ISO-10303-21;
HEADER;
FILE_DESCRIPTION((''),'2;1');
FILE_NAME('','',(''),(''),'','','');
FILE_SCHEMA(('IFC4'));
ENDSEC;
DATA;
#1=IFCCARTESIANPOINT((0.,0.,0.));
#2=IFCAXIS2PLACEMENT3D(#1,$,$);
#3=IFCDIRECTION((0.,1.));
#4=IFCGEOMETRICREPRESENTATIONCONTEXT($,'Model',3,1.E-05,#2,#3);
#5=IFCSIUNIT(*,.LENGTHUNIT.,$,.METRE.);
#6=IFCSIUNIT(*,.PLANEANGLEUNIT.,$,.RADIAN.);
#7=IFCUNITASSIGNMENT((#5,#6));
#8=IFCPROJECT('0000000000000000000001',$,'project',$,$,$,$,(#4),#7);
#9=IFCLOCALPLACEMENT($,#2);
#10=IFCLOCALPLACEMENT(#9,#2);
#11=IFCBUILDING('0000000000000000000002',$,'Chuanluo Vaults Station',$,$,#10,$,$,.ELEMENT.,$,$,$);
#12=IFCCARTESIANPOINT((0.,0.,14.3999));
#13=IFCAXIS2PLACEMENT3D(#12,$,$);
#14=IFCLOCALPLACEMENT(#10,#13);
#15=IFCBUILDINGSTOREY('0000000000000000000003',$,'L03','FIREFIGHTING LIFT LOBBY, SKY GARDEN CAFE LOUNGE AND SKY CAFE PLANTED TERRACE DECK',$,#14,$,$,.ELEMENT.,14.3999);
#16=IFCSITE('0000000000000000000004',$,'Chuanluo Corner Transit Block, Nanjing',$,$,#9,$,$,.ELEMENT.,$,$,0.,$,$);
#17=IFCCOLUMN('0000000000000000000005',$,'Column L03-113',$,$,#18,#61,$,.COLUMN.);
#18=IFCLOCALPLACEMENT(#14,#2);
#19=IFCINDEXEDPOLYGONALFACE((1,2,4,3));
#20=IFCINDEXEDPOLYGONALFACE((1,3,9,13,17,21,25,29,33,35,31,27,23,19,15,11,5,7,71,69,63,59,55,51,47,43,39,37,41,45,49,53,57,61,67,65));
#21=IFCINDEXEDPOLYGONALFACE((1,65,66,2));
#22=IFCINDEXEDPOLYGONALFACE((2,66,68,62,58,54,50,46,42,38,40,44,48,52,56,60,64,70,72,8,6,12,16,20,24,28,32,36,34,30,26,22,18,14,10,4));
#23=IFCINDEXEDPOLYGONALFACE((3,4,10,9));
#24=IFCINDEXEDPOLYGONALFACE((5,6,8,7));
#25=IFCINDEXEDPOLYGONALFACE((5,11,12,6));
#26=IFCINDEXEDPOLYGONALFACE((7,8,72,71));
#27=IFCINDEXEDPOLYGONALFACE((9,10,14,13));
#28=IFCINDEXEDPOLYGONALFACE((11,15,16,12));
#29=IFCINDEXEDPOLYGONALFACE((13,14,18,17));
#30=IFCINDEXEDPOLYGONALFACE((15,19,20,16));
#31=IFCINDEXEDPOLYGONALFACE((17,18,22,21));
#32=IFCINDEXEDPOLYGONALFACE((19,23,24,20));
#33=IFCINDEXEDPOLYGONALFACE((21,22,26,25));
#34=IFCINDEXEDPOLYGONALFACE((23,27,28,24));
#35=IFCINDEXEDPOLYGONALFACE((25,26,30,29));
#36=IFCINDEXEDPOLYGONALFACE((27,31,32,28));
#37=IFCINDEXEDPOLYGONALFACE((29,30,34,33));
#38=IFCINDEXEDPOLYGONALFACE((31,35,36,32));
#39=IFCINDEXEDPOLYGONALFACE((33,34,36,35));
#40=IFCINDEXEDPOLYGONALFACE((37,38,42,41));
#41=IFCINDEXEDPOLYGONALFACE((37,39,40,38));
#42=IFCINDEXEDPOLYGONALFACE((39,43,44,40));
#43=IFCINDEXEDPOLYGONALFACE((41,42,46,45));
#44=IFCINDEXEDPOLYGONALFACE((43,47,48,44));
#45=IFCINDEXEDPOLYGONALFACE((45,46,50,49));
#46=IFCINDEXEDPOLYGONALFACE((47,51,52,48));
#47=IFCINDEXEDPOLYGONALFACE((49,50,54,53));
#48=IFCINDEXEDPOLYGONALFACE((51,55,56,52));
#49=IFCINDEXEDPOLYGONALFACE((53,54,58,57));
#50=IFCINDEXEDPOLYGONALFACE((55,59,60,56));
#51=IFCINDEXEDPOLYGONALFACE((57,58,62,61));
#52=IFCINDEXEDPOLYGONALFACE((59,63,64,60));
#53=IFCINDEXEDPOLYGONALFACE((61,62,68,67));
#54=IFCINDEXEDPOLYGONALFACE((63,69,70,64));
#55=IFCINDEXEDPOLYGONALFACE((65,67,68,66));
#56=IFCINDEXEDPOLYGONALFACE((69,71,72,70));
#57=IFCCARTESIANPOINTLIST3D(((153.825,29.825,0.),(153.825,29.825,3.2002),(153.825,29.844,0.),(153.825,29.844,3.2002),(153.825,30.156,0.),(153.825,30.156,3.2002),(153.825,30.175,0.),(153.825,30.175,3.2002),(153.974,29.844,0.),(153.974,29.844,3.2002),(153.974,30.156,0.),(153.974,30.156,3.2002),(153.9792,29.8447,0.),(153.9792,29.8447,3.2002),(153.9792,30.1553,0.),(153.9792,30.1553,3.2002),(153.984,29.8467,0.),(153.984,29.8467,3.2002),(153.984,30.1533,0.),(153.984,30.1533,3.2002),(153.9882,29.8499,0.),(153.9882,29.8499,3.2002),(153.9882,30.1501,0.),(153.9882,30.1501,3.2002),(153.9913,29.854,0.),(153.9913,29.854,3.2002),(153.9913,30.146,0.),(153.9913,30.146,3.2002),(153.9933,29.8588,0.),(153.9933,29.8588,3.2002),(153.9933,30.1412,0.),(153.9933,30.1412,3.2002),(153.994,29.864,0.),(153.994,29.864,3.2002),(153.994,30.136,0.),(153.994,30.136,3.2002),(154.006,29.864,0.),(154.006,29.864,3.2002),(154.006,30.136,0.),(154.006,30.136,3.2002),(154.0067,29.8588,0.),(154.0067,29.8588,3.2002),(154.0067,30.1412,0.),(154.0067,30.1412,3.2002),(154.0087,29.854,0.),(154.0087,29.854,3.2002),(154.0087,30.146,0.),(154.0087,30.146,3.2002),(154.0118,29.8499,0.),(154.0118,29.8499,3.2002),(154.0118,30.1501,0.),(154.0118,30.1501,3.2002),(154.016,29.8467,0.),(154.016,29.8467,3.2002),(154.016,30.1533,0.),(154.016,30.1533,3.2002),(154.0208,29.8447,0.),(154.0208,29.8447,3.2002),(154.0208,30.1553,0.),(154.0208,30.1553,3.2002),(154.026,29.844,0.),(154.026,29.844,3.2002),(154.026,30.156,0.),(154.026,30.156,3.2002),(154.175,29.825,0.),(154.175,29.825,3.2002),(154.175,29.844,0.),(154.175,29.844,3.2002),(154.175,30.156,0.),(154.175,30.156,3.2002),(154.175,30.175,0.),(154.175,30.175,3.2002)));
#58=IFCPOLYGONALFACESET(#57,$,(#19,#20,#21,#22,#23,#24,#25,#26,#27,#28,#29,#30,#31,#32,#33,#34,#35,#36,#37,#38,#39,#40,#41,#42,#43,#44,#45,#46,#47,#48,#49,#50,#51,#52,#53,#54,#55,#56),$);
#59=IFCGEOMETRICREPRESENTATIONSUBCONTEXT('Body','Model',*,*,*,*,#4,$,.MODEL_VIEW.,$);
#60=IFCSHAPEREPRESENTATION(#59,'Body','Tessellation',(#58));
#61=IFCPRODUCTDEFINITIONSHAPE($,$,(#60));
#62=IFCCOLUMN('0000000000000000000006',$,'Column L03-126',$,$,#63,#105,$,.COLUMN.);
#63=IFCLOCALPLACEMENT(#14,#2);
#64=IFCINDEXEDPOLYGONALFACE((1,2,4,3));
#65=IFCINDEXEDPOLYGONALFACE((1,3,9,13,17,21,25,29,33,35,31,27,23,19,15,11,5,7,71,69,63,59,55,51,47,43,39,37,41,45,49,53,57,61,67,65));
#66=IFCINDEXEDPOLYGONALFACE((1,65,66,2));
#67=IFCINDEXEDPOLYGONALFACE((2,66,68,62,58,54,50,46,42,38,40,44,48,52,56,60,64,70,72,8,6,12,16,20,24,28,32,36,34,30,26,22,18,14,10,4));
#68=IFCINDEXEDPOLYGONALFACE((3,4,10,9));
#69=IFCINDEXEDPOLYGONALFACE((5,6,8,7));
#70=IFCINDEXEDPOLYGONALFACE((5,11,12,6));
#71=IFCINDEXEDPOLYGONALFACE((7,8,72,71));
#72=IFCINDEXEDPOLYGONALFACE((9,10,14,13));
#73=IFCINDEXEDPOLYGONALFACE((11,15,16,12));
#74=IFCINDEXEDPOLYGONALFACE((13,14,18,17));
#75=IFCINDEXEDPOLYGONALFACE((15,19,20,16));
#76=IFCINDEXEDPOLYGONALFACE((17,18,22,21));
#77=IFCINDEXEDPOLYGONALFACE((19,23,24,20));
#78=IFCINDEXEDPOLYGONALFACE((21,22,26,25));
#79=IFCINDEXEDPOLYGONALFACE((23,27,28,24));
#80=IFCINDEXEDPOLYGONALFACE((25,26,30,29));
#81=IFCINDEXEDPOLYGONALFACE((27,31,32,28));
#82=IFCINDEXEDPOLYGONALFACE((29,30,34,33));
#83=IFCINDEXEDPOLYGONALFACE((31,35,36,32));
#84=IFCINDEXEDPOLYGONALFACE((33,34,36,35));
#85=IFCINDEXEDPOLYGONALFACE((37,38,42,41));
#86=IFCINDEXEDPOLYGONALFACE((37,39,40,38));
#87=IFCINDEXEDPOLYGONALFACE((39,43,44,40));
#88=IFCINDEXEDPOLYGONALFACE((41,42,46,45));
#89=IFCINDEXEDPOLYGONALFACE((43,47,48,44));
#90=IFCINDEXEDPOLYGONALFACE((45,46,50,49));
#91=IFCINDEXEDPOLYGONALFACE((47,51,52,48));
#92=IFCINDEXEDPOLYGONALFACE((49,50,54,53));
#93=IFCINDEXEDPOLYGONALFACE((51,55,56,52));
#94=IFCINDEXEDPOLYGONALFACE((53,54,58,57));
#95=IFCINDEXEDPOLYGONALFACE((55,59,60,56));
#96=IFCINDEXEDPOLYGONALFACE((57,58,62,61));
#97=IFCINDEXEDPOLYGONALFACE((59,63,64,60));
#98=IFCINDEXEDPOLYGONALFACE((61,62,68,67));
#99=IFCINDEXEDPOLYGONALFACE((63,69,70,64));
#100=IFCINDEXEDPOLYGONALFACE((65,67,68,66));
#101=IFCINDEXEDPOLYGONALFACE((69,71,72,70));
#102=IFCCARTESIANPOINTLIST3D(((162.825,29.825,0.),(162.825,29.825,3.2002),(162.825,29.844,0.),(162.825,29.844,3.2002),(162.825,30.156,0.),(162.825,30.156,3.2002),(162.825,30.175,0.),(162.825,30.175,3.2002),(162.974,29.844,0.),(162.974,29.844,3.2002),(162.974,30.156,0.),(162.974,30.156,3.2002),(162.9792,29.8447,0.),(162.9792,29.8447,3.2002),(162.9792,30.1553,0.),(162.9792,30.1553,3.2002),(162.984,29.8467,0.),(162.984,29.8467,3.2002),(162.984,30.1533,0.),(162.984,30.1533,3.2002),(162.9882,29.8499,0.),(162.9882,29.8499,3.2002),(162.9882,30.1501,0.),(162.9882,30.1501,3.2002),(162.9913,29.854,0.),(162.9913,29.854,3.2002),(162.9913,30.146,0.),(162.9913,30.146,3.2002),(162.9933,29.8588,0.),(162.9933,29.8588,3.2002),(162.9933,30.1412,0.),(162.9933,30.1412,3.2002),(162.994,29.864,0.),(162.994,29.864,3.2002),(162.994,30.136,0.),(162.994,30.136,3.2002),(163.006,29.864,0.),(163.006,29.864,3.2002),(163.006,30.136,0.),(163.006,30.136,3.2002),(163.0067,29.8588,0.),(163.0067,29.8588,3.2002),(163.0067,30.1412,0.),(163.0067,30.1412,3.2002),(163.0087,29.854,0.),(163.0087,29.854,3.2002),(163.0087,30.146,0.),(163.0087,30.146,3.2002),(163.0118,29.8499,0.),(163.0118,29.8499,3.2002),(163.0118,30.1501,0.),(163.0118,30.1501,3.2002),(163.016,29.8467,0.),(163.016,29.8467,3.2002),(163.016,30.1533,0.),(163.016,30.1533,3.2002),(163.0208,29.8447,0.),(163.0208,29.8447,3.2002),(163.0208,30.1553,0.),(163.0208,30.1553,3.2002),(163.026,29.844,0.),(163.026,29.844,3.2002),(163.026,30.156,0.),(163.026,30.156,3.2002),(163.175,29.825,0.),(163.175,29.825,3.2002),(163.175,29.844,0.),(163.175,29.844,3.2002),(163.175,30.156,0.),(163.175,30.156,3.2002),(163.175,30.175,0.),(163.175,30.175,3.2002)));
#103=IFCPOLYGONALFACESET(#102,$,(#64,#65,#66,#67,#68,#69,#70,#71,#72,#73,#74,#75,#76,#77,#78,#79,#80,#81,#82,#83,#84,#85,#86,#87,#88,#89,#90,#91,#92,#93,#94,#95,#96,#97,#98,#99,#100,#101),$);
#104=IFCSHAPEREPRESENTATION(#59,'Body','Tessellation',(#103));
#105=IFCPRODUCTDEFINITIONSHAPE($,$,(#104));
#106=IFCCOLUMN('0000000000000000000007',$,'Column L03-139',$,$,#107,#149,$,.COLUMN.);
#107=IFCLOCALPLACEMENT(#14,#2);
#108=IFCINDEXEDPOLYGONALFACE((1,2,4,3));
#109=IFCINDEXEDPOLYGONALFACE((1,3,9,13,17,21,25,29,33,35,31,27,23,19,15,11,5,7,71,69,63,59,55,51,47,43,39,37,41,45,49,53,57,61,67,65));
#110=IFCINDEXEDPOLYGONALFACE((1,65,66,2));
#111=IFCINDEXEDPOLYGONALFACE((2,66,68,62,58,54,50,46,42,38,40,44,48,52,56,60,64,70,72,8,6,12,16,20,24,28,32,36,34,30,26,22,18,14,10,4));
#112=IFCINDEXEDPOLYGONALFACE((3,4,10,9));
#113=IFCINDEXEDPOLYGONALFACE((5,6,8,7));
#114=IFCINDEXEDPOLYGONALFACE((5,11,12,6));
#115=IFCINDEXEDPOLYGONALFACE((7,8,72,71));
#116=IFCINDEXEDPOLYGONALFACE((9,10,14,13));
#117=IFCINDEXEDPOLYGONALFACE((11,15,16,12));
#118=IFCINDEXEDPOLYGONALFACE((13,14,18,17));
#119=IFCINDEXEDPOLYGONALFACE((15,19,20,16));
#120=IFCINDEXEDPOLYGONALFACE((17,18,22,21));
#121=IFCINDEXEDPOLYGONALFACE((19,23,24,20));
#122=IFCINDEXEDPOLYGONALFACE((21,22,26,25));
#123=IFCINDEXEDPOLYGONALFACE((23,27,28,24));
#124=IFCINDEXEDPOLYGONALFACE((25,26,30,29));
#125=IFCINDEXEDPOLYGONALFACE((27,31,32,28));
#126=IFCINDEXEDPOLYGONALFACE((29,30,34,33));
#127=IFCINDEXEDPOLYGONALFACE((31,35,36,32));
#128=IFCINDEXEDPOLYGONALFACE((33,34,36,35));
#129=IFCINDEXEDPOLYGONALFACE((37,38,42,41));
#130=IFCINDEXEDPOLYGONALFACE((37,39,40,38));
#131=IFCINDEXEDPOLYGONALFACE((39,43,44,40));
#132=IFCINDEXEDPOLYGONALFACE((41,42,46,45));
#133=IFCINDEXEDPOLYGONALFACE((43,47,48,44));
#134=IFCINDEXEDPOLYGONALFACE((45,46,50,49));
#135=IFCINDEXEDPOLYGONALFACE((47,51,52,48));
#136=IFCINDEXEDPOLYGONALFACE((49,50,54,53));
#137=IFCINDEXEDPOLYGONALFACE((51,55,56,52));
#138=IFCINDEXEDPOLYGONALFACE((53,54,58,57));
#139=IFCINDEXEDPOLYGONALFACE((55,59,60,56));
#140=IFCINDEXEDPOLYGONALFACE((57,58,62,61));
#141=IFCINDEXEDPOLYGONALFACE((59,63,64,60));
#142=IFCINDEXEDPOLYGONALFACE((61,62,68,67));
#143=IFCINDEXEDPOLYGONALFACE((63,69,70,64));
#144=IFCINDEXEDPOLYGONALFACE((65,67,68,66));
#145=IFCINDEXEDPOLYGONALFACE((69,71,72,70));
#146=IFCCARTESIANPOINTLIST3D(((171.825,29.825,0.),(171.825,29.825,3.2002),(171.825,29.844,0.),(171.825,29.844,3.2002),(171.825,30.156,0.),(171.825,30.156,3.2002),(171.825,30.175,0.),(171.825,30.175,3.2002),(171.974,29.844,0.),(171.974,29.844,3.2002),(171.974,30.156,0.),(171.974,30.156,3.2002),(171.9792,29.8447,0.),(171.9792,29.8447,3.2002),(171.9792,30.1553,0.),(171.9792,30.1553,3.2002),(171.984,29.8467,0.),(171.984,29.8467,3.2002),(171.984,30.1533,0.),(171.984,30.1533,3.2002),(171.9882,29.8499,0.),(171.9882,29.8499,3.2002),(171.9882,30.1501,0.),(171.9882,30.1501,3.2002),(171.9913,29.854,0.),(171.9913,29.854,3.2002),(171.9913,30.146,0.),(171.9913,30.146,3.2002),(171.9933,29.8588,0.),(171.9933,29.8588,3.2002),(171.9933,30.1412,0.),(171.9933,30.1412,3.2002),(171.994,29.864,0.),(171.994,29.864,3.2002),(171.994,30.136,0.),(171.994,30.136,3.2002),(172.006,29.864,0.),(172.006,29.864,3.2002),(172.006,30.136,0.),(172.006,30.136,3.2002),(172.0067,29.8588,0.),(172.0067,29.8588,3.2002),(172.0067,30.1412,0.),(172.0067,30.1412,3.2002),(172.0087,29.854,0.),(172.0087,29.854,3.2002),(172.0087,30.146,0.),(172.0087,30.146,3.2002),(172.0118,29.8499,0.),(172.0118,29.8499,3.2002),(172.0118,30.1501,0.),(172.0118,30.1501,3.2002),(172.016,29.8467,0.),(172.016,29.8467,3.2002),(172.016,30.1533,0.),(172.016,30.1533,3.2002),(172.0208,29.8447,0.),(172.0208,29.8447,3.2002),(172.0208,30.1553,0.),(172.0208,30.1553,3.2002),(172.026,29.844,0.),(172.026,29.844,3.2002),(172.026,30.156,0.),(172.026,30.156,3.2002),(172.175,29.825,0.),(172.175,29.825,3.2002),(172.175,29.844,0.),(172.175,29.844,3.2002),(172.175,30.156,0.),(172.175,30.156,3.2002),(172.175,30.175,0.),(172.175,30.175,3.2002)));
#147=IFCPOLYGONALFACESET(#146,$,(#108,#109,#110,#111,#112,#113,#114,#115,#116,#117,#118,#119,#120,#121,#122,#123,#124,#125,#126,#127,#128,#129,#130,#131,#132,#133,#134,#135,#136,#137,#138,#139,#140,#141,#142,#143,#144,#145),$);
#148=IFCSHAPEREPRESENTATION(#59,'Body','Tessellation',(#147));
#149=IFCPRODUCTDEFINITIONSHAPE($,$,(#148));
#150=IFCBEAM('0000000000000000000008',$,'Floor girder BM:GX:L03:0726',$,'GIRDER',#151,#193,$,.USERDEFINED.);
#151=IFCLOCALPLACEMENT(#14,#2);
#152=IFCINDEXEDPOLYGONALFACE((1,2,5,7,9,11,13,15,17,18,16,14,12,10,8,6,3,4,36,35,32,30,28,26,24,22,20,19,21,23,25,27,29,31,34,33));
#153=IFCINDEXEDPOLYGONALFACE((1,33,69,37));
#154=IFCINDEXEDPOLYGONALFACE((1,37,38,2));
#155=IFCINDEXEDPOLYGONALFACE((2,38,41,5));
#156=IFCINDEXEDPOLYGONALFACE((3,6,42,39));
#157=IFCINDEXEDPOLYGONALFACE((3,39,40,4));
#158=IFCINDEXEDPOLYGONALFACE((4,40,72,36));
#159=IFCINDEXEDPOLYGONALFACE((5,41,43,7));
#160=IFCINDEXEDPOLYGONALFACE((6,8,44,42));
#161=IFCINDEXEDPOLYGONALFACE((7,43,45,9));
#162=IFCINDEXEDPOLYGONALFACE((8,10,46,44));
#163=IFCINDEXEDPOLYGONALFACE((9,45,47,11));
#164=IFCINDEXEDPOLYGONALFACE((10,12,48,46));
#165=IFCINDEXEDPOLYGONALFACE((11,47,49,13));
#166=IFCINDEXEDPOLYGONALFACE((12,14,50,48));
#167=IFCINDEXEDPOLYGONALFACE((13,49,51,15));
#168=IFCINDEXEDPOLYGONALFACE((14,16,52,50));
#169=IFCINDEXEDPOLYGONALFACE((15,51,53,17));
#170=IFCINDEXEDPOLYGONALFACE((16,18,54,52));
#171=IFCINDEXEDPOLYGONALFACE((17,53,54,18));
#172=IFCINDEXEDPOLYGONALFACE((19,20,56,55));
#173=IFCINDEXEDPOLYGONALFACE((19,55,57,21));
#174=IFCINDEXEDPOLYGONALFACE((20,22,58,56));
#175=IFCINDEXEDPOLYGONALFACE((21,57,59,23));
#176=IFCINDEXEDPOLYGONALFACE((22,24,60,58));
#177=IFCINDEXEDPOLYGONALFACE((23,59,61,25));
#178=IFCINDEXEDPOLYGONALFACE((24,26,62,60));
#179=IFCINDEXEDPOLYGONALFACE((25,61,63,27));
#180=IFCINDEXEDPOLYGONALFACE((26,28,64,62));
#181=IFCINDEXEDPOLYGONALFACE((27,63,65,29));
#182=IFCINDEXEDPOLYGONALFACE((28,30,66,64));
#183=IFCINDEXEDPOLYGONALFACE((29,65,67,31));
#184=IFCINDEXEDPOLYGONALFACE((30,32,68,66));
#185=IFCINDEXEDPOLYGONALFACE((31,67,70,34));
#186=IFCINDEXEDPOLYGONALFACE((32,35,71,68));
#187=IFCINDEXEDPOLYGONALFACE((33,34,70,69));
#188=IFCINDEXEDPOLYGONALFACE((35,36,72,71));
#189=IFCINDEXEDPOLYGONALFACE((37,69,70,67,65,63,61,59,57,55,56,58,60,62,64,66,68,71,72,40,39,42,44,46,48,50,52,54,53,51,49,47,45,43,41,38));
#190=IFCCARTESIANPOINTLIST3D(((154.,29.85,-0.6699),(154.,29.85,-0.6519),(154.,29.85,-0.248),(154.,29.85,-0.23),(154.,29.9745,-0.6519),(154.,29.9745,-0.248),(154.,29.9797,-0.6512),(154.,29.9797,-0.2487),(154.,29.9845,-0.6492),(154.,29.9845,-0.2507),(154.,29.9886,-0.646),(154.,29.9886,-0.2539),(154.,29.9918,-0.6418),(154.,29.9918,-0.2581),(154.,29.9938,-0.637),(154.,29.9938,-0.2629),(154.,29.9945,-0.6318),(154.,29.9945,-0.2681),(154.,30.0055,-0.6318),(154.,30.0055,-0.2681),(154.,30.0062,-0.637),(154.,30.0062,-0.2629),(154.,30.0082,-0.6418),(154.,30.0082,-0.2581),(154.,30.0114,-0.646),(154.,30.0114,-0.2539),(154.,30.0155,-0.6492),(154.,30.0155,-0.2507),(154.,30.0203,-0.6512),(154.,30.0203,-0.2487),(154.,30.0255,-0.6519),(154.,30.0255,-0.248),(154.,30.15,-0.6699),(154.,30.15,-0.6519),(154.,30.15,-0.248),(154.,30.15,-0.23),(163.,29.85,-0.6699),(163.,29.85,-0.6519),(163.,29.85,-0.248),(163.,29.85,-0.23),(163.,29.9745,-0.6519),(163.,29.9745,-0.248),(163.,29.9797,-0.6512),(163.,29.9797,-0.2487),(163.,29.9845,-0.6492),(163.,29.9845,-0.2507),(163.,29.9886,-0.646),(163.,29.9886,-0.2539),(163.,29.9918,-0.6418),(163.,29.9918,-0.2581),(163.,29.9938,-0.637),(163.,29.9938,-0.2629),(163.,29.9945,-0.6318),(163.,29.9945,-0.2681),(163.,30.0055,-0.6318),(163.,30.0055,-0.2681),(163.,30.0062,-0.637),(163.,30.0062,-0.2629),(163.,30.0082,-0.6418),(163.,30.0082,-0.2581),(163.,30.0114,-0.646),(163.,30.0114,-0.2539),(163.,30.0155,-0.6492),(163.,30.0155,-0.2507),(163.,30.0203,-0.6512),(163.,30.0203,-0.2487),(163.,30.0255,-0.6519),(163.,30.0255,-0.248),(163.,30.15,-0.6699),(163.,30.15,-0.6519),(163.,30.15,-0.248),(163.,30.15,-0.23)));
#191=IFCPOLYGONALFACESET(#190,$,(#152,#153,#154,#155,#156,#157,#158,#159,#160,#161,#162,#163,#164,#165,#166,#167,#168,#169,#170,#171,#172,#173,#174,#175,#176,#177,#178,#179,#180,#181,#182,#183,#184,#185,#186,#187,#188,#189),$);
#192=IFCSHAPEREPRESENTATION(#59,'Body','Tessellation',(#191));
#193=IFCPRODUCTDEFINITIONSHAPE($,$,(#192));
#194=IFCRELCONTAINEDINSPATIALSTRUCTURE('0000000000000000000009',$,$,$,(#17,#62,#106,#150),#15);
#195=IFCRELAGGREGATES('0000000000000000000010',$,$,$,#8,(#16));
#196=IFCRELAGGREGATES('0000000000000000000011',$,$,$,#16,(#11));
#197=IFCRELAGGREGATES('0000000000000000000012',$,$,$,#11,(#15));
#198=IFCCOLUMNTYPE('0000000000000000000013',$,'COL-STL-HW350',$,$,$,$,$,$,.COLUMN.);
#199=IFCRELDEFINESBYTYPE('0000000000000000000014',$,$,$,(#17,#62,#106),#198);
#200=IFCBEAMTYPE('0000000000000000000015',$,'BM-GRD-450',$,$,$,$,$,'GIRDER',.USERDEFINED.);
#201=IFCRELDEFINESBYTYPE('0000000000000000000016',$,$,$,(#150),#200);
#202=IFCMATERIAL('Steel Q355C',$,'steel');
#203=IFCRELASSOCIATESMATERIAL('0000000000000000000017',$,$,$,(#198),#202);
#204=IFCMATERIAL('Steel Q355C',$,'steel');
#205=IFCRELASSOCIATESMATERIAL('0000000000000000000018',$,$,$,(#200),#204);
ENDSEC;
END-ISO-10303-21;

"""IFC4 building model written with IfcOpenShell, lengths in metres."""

from ifc_helpers import new_model, si_unit, direction, frame, origin, origin_2d, place, context, subcontext, project, spatial, i_section, extrude, material, material_profile, profile_set, type_object, element, save


model = new_model("IFC4")

# Units and contexts
model_context = context("Model", 3, precision=1e-05, world=origin(), true_north=direction((0.0, 1.0)))
body_context = subcontext(model_context, "Body", "Model", "MODEL_VIEW")
ifc_project = project(units=[si_unit("LENGTHUNIT", "METRE"), si_unit("PLANEANGLEUNIT", "RADIAN")], contexts=[model_context])

# Site, building, storey
site_placement = place(None, origin())
site = spatial("IfcSite", under=ifc_project, at=site_placement, Name="Chuanluo Corner Transit Block, Nanjing", CompositionType="ELEMENT", RefElevation=0.0)
building_placement = place(site_placement, origin())
building = spatial("IfcBuilding", under=site, at=building_placement, Name="Chuanluo Vaults Station", CompositionType="ELEMENT")
storey_placement = place(building_placement, frame((0.0, 0.0, 14.3999)))
storey = spatial("IfcBuildingStorey", under=building, at=storey_placement, Name="L03", Description="FIREFIGHTING LIFT LOBBY, SKY GARDEN CAFE LOUNGE AND SKY CAFE PLANTED TERRACE DECK", CompositionType="ELEMENT", Elevation=14.3999)

# Columns
ifc_material_1 = material(Name="Steel Q355C", Category="steel")
ifc_material_profile_1 = material_profile(ifc_material_1, i_section(OverallWidth=0.3501, OverallDepth=0.3501, WebThickness=0.012, FlangeThickness=0.019, FilletRadius=0.02, at=origin_2d()))
ifc_profile_set_1 = profile_set([ifc_material_profile_1], Name="Steel Q355C")
column_type = type_object("IfcColumnType", Name="COL-STL-HW350", PredefinedType="COLUMN", material=ifc_profile_set_1)
for number, where, z_axis, x_axis, name in (
    (1, (154.0, 30.0, 0.0), (0.0, 0.0, 1.0), (1.0, 0.0, 0.0), "Column L03-113"),
    (2, (163.0, 30.0, 0.0), (0.0, 0.0, 1.0), (1.0, 0.0, 0.0), "Column L03-126"),
    (3, (172.0, 30.0, 0.0), (0.0, 0.0, 1.0), (1.0, 0.0, 0.0), "Column L03-139"),
):
    element("IfcColumn", number, at=place(storey_placement, frame(where, z_axis=z_axis, x_axis=x_axis)), inside=storey, type_object=column_type, Name=name, PredefinedType="COLUMN", context=body_context, shape_type="SweptSolid", body=[
        extrude(i_section(OverallWidth=0.3501, OverallDepth=0.3501, WebThickness=0.012, FlangeThickness=0.019, FilletRadius=0.02, at=origin_2d()), origin(), (0.0, 0.0, 1.0), 3.2002),
    ])

# Beam
ifc_material_2 = material(Name="Steel Q355C", Category="steel")
ifc_material_profile_2 = material_profile(ifc_material_2, i_section(OverallWidth=0.3, OverallDepth=0.4399, WebThickness=0.011, FlangeThickness=0.0181, FilletRadius=0.02, at=origin_2d()))
ifc_profile_set_2 = profile_set([ifc_material_profile_2], Name="Steel Q355C")
beam_type_1 = type_object("IfcBeamType", Name="BM-GRD-450", ElementType="GIRDER", PredefinedType="USERDEFINED", material=ifc_profile_set_2)
for number, where, z_axis, x_axis, name in (
    (4, (154.0, 30.0, -0.45), (1.0, 0.0, 0.0), (0.0, 1.0, 0.0), "Floor girder BM:GX:L03:0726"),
):
    element("IfcBeam", number, at=place(storey_placement, frame(where, z_axis=z_axis, x_axis=x_axis)), inside=storey, type_object=beam_type_1, Name=name, ObjectType="GIRDER", PredefinedType="USERDEFINED", context=body_context, shape_type="SweptSolid", body=[
        extrude(i_section(OverallWidth=0.3, OverallDepth=0.4399, WebThickness=0.011, FlangeThickness=0.0181, FilletRadius=0.02, at=origin_2d()), origin(), (0.0, 0.0, 1.0), 9.0),
    ])

save(model, "model.ifc")
